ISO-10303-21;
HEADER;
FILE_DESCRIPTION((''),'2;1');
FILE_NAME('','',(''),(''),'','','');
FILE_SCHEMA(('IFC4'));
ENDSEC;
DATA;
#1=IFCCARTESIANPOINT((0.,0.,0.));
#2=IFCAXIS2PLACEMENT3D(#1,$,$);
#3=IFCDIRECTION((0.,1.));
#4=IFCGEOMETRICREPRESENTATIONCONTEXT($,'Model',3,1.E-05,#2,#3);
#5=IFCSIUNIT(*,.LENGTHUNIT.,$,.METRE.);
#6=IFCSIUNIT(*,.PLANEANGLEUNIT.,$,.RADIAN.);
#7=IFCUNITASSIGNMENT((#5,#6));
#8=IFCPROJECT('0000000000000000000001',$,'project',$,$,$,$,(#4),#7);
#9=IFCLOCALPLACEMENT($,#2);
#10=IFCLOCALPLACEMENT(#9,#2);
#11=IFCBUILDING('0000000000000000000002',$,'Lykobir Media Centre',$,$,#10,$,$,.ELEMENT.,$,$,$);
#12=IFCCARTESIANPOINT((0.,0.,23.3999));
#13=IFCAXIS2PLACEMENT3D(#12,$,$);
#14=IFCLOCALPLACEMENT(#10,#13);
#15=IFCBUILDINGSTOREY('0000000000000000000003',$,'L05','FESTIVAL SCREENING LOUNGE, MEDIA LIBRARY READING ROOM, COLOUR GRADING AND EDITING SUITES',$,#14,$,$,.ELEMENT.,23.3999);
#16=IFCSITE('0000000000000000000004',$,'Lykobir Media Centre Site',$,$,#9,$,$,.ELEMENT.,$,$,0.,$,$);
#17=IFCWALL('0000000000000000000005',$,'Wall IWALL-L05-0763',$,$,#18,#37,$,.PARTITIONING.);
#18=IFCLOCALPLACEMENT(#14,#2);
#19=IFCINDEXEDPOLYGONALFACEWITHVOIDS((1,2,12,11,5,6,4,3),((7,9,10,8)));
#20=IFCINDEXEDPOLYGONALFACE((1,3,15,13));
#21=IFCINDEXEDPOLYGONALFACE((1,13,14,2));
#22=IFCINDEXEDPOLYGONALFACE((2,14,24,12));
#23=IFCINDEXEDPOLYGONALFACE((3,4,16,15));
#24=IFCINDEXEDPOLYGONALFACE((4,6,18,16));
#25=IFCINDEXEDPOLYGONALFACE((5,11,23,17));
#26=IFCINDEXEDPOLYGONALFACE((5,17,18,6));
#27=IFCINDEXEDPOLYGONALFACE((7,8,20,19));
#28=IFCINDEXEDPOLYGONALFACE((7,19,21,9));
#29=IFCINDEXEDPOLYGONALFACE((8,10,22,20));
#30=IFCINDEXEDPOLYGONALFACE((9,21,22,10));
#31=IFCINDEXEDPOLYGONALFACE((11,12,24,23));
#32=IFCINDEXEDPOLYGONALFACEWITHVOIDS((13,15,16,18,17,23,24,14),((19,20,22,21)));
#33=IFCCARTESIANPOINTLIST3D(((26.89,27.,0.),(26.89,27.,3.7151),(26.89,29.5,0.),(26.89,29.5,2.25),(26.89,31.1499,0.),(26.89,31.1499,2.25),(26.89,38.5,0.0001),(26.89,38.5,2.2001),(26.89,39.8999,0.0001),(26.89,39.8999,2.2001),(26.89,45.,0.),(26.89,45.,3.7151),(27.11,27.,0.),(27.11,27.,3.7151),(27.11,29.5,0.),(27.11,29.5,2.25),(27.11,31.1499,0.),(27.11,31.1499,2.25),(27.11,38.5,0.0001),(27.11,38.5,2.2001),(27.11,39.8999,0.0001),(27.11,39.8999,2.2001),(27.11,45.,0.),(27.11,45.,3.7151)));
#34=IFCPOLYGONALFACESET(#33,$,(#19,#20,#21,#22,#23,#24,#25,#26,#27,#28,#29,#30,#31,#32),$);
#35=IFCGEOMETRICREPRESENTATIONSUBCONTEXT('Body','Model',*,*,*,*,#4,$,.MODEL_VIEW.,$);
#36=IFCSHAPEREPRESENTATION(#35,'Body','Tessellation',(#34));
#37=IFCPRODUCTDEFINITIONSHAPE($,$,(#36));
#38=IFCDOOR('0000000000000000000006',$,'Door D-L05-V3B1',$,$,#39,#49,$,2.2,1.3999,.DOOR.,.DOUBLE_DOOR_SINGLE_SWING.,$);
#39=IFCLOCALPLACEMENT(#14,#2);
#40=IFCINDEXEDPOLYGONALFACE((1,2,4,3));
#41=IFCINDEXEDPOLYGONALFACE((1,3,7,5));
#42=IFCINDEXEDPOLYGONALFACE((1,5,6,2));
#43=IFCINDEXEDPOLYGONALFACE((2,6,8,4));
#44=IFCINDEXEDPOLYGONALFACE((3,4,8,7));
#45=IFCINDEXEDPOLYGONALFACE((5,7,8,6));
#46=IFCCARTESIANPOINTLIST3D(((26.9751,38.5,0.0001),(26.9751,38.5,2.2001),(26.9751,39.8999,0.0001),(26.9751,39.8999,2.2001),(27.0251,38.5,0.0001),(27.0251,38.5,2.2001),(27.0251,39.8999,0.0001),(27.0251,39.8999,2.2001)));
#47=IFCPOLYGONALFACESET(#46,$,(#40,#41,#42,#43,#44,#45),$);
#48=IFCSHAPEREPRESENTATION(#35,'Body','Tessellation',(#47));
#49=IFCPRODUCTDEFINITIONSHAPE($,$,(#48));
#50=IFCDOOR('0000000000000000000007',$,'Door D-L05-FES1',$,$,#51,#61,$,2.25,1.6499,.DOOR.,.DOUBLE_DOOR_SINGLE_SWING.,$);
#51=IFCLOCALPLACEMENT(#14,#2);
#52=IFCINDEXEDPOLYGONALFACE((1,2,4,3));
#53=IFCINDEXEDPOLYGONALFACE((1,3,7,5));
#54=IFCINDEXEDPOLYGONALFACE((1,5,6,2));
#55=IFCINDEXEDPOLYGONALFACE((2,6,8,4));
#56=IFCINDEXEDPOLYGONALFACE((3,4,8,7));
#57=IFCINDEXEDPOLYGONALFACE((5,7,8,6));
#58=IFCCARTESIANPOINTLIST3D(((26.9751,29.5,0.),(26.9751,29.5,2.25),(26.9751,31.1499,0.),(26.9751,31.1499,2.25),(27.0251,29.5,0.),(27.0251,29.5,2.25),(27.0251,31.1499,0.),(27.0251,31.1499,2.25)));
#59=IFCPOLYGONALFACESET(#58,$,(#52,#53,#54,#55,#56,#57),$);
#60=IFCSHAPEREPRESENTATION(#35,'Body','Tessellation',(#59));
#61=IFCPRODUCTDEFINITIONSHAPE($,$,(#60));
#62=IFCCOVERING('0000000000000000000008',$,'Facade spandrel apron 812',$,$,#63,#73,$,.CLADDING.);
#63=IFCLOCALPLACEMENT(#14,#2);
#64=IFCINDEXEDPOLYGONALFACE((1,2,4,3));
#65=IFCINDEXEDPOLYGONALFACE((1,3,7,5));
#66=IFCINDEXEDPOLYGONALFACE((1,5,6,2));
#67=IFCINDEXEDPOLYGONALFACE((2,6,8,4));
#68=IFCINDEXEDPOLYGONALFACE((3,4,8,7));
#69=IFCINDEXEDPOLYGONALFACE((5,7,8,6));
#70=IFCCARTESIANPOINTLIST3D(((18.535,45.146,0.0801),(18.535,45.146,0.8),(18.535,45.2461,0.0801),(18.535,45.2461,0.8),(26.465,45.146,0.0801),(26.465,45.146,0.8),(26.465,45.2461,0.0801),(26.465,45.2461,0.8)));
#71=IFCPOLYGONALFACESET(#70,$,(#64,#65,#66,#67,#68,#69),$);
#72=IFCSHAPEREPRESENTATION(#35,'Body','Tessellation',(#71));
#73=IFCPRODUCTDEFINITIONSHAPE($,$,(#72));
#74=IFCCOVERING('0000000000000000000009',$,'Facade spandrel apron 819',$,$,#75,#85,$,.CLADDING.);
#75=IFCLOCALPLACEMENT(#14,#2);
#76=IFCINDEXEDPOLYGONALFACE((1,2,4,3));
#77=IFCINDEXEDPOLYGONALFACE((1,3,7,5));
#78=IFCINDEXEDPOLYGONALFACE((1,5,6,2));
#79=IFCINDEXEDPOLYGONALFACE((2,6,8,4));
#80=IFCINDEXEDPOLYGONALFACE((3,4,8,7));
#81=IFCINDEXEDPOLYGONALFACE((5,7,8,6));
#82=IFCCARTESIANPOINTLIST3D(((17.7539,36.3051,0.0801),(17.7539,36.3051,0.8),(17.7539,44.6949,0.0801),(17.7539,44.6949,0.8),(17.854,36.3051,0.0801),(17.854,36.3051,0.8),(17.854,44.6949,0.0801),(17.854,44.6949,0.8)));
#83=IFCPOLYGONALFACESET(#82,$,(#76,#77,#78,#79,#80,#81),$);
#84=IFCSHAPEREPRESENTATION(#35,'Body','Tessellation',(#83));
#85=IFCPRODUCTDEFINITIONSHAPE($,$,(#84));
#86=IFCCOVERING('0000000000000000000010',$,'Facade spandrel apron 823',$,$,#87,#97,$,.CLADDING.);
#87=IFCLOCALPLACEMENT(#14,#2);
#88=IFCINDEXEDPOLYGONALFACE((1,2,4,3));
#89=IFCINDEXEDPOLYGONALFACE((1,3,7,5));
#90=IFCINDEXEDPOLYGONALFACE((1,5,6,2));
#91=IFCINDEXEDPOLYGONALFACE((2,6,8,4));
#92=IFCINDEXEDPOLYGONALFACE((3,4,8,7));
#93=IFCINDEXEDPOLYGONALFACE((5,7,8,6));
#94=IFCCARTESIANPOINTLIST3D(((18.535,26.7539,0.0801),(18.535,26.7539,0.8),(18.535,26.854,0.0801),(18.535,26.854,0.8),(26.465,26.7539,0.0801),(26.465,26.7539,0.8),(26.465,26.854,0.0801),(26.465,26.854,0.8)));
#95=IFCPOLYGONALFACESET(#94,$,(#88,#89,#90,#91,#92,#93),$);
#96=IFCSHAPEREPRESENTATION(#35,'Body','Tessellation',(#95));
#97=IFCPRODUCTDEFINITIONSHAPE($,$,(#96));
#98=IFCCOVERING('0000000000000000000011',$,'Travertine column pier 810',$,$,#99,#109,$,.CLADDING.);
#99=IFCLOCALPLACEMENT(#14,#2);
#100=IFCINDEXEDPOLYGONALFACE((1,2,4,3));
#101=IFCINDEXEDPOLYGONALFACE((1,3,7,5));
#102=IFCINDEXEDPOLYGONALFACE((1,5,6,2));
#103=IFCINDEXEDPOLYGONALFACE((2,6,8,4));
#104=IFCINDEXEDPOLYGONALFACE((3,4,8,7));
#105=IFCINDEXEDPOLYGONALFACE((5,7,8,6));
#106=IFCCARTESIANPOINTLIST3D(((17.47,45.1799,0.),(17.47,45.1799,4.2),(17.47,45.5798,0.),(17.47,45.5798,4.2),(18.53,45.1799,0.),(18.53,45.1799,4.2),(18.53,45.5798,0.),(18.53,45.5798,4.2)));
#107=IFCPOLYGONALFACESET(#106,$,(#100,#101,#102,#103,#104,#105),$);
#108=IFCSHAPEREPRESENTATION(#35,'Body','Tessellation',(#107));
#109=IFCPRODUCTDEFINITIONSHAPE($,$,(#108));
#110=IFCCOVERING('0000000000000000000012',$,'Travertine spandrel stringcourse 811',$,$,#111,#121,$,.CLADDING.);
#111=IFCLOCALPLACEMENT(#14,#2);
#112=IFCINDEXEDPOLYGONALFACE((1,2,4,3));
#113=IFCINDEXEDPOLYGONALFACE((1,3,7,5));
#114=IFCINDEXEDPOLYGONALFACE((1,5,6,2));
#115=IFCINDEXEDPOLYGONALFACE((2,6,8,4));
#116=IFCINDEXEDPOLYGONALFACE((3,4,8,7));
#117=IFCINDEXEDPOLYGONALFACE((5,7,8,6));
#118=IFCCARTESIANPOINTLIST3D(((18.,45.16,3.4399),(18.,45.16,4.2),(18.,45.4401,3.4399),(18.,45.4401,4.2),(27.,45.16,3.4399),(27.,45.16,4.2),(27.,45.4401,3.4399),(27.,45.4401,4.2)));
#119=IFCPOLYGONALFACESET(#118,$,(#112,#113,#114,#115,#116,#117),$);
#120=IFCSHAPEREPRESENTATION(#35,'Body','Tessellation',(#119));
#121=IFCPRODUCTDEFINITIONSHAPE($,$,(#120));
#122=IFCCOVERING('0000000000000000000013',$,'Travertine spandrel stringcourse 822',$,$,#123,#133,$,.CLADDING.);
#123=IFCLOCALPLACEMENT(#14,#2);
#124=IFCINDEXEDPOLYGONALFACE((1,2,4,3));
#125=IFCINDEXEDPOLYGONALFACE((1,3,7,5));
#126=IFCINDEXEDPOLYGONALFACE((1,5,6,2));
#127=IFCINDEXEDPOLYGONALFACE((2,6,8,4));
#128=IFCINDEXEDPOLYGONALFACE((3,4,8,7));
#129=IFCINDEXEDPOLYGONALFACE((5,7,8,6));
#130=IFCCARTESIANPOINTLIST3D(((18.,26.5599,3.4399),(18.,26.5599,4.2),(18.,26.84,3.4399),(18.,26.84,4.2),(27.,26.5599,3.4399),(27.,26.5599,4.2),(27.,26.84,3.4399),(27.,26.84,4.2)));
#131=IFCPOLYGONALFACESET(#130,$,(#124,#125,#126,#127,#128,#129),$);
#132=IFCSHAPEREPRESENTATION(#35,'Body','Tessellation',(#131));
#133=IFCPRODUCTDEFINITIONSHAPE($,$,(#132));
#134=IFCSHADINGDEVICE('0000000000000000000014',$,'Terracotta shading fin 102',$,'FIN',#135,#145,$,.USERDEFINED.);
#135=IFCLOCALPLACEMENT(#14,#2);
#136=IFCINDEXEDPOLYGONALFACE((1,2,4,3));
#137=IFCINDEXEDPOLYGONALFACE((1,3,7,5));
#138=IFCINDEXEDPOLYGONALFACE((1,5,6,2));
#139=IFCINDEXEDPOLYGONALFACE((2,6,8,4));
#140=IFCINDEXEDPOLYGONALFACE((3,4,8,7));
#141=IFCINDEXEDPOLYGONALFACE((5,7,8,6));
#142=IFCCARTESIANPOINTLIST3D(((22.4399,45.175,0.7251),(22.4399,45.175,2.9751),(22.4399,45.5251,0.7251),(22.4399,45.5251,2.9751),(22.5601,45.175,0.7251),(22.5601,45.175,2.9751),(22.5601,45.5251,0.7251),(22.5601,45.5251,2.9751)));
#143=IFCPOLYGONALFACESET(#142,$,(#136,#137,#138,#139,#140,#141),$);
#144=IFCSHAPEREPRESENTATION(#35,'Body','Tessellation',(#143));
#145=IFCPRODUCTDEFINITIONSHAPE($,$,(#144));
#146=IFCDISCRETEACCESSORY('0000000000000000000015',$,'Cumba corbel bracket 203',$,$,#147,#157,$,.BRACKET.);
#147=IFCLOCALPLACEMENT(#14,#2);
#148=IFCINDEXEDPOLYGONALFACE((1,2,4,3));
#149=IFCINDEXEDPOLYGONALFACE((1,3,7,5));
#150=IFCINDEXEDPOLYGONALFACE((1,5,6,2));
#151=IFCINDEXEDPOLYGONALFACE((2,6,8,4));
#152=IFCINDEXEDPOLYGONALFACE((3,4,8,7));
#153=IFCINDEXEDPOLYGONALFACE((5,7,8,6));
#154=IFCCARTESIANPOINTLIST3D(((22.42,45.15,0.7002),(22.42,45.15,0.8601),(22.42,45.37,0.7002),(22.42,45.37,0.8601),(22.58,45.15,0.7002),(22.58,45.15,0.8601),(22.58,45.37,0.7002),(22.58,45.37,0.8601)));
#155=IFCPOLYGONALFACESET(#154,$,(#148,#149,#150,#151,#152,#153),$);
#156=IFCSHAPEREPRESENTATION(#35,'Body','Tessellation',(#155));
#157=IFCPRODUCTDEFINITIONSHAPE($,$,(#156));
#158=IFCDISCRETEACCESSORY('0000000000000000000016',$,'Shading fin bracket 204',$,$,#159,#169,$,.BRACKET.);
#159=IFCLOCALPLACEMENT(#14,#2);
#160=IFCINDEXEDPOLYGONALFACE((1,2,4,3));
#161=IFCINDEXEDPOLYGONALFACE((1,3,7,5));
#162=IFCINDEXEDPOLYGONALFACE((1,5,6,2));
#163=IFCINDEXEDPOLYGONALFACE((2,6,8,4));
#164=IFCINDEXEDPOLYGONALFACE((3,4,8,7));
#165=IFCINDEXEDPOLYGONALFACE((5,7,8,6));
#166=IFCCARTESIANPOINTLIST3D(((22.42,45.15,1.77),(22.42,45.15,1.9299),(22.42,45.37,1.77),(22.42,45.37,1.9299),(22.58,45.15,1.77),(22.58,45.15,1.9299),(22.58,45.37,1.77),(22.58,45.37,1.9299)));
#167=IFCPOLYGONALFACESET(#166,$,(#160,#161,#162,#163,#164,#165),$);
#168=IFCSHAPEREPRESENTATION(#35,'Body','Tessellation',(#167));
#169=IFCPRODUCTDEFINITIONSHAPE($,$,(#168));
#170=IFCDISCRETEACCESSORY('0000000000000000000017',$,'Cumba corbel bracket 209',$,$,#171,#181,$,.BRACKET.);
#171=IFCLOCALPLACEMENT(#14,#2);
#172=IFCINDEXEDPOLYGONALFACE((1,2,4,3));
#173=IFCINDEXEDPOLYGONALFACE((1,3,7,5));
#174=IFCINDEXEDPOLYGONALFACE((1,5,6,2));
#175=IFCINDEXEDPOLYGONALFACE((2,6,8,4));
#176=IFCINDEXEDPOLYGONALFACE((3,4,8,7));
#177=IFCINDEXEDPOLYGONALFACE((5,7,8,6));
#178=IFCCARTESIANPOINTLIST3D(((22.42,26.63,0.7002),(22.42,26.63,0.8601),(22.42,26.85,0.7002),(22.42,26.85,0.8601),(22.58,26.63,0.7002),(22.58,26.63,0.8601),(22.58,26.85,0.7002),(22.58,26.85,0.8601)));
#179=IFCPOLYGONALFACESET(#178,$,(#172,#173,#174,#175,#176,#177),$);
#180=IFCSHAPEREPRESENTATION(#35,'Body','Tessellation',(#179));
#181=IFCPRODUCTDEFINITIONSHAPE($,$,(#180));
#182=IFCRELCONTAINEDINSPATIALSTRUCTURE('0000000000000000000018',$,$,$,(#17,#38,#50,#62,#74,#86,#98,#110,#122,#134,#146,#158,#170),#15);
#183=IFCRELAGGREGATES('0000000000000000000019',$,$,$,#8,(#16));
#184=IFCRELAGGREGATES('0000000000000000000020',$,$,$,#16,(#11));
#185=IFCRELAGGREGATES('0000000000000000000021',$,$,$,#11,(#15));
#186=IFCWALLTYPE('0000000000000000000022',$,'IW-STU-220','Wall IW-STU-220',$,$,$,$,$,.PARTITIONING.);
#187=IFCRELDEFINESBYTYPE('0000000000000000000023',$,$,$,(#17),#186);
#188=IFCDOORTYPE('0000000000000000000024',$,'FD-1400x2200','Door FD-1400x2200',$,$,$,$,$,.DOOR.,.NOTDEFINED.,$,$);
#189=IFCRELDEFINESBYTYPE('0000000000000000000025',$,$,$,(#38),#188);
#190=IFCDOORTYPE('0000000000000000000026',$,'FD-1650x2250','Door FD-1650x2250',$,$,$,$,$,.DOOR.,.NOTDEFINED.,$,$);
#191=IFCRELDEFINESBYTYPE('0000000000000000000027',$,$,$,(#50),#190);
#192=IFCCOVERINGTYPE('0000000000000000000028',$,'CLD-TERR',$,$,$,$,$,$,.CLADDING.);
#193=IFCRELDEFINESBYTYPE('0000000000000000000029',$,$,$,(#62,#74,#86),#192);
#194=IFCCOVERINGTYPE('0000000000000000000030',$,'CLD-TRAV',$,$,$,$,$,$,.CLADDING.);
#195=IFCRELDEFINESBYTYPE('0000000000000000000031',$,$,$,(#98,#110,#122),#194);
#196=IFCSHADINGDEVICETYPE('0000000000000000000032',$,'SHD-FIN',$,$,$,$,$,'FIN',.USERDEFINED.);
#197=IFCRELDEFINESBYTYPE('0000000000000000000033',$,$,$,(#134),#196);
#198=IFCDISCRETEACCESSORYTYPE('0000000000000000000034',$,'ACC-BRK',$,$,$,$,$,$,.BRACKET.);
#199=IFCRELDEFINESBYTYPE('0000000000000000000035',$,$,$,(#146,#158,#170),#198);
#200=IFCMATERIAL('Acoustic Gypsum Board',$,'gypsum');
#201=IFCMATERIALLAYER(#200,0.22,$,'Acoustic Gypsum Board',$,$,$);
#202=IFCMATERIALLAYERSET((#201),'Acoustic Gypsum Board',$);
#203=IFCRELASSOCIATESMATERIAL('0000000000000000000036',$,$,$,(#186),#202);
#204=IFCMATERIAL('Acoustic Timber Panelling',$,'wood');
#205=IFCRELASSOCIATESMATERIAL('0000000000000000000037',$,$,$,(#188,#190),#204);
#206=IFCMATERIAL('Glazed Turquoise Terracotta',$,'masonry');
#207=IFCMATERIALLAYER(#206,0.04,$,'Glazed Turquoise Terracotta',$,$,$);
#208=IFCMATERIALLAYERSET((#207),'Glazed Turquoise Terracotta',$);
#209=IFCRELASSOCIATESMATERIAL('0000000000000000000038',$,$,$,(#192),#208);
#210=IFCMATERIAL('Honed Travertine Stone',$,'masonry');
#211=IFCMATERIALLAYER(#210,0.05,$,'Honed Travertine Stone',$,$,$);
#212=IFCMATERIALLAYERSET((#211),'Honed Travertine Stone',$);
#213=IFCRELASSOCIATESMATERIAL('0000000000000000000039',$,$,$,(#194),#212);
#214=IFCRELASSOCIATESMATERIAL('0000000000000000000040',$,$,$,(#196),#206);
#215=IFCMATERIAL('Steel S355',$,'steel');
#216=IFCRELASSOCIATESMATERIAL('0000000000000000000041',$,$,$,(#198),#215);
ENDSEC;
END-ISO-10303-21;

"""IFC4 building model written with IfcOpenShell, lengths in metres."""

from ifc_helpers import new_model, si_unit, direction, frame, frame_2d, origin, origin_2d, place, context, subcontext, project, spatial, rectangle, extrude, material, layer, layer_set, type_object, element, fill, save


model = new_model("IFC4")

# Units and contexts
model_context = context("Model", 3, precision=1e-05, world=origin(), true_north=direction((0.0, 1.0)))
body_context = subcontext(model_context, "Body", "Model", "MODEL_VIEW")
ifc_project = project(units=[si_unit("LENGTHUNIT", "METRE"), si_unit("PLANEANGLEUNIT", "RADIAN")], contexts=[model_context])

# Site, building, storey
site_placement = place(None, origin())
site = spatial("IfcSite", under=ifc_project, at=site_placement, Name="Lykobir Media Centre Site", CompositionType="ELEMENT", RefElevation=0.0)
building_placement = place(site_placement, origin())
building = spatial("IfcBuilding", under=site, at=building_placement, Name="Lykobir Media Centre", CompositionType="ELEMENT")
storey_placement = place(building_placement, frame((0.0, 0.0, 23.3999)))
storey = spatial("IfcBuildingStorey", under=building, at=storey_placement, Name="L05", Description="FESTIVAL SCREENING LOUNGE, MEDIA LIBRARY READING ROOM, COLOUR GRADING AND EDITING SUITES", CompositionType="ELEMENT", Elevation=23.3999)

# Shared definitions
ifc_material_1 = material(Name="Steel S355", Category="steel")

# Wall, openings, doors
ifc_material_2 = material(Name="Acoustic Gypsum Board", Category="gypsum")
ifc_layer_1 = layer(ifc_material_2, 0.22, Name="Acoustic Gypsum Board")
ifc_layer_set_1 = layer_set([ifc_layer_1], Name="Acoustic Gypsum Board")
wall_type_1 = type_object("IfcWallType", Name="IW-STU-220", Description="Wall IW-STU-220", PredefinedType="PARTITIONING", material=ifc_layer_set_1)
wall_1_placement = place(storey_placement, frame((27.0, 27.0, 0.0), z_axis=(0.0, 0.0, 1.0), x_axis=(0.0, 1.0, 0.0)))
wall_1 = element("IfcWall", 1, at=wall_1_placement, inside=storey, type_object=wall_type_1, Name="Wall IWALL-L05-0763", PredefinedType="PARTITIONING", context=body_context, shape_type="SweptSolid", body=[
    extrude(rectangle(XDim=18.0, YDim=0.22, at=frame_2d((9.0, 0.0))), origin(), (0.0, 0.0, 1.0), 3.7151),
])
opening_1_placement = place(wall_1_placement, frame((2.5, 0.0, 0.0)))
opening_1 = element("IfcOpeningElement", 2, at=opening_1_placement, cuts=wall_1, PredefinedType="OPENING", context=body_context, shape_type="SweptSolid", body=[
    extrude(rectangle(XDim=1.6499, YDim=2.25, at=frame_2d((0.825, 1.125))), frame((0.0, 0.1199, 0.0), z_axis=(0.0, -1.0, 0.0), x_axis=(1.0, 0.0, 0.0)), (0.0, 0.0, 1.0), 0.24),
])
opening_2_placement = place(wall_1_placement, frame((11.5, 0.0, 0.0)))
opening_2 = element("IfcOpeningElement", 3, at=opening_2_placement, cuts=wall_1, PredefinedType="OPENING", context=body_context, shape_type="SweptSolid", body=[
    extrude(rectangle(XDim=1.3999, YDim=2.2, at=frame_2d((0.7, 1.1001))), frame((0.0, 0.1199, 0.0), z_axis=(0.0, -1.0, 0.0), x_axis=(1.0, 0.0, 0.0)), (0.0, 0.0, 1.0), 0.24),
])
ifc_material_3 = material(Name="Acoustic Timber Panelling", Category="wood")
door_type_1 = type_object("IfcDoorType", Name="FD-1400x2200", Description="Door FD-1400x2200", OperationType="NOTDEFINED", PredefinedType="DOOR", material=ifc_material_3)
door_1_placement = place(opening_2_placement, origin())
door_1 = element("IfcDoor", 4, at=door_1_placement, inside=storey, type_object=door_type_1, Name="Door D-L05-V3B1", OperationType="DOUBLE_DOOR_SINGLE_SWING", OverallHeight=2.2, OverallWidth=1.3999, PredefinedType="DOOR", context=body_context, shape_type="SweptSolid", body=[
    extrude(rectangle(XDim=1.3999, YDim=2.2, at=frame_2d((0.7, 1.1001))), frame((0.0, 0.0249, 0.0), z_axis=(0.0, -1.0, 0.0), x_axis=(1.0, 0.0, 0.0)), (0.0, 0.0, 1.0), 0.05),
])
fill(opening_2, door_1)
door_type_2 = type_object("IfcDoorType", Name="FD-1650x2250", Description="Door FD-1650x2250", OperationType="NOTDEFINED", PredefinedType="DOOR", material=ifc_material_3)
door_2_placement = place(opening_1_placement, origin())
door_2 = element("IfcDoor", 5, at=door_2_placement, inside=storey, type_object=door_type_2, Name="Door D-L05-FES1", OperationType="DOUBLE_DOOR_SINGLE_SWING", OverallHeight=2.25, OverallWidth=1.6499, PredefinedType="DOOR", context=body_context, shape_type="SweptSolid", body=[
    extrude(rectangle(XDim=1.6499, YDim=2.25, at=frame_2d((0.825, 1.125))), frame((0.0, 0.0249, 0.0), z_axis=(0.0, -1.0, 0.0), x_axis=(1.0, 0.0, 0.0)), (0.0, 0.0, 1.0), 0.05),
])
fill(opening_1, door_2)

# Coverings
ifc_material_4 = material(Name="Glazed Turquoise Terracotta", Category="masonry")
ifc_layer_2 = layer(ifc_material_4, 0.04, Name="Glazed Turquoise Terracotta")
ifc_layer_set_2 = layer_set([ifc_layer_2], Name="Glazed Turquoise Terracotta")
covering_type_1 = type_object("IfcCoveringType", Name="CLD-TERR", PredefinedType="CLADDING", material=ifc_layer_set_2)
covering_1_placement = place(storey_placement, frame((22.5, 45.196, 0.0801), z_axis=(0.0, 0.0, 1.0), x_axis=(-1.0, 0.0, 0.0)))
element("IfcCovering", 6, at=covering_1_placement, inside=storey, type_object=covering_type_1, Name="Facade spandrel apron 812", PredefinedType="CLADDING", context=body_context, shape_type="SweptSolid", body=[
    extrude(rectangle(XDim=7.9299, YDim=0.1001, at=origin_2d()), origin(), (0.0, 0.0, 1.0), 0.72),
])
covering_2_placement = place(storey_placement, frame((17.804, 40.5, 0.0801), z_axis=(0.0, 0.0, 1.0), x_axis=(0.0, -1.0, 0.0)))
element("IfcCovering", 7, at=covering_2_placement, inside=storey, type_object=covering_type_1, Name="Facade spandrel apron 819", PredefinedType="CLADDING", context=body_context, shape_type="SweptSolid", body=[
    extrude(rectangle(XDim=8.3899, YDim=0.1001, at=origin_2d()), origin(), (0.0, 0.0, 1.0), 0.72),
])
covering_3_placement = place(storey_placement, frame((22.5, 26.804, 0.0801), z_axis=(0.0, 0.0, 1.0), x_axis=(1.0, 0.0, 0.0)))
element("IfcCovering", 8, at=covering_3_placement, inside=storey, type_object=covering_type_1, Name="Facade spandrel apron 823", PredefinedType="CLADDING", context=body_context, shape_type="SweptSolid", body=[
    extrude(rectangle(XDim=7.9299, YDim=0.1001, at=origin_2d()), origin(), (0.0, 0.0, 1.0), 0.72),
])
ifc_material_5 = material(Name="Honed Travertine Stone", Category="masonry")
ifc_layer_3 = layer(ifc_material_5, 0.05, Name="Honed Travertine Stone")
ifc_layer_set_3 = layer_set([ifc_layer_3], Name="Honed Travertine Stone")
covering_type_2 = type_object("IfcCoveringType", Name="CLD-TRAV", PredefinedType="CLADDING", material=ifc_layer_set_3)
covering_4_placement = place(storey_placement, frame((18.0, 45.3799, 0.0), z_axis=(0.0, 0.0, 1.0), x_axis=(-1.0, 0.0, 0.0)))
element("IfcCovering", 9, at=covering_4_placement, inside=storey, type_object=covering_type_2, Name="Travertine column pier 810", PredefinedType="CLADDING", context=body_context, shape_type="SweptSolid", body=[
    extrude(rectangle(XDim=1.0601, YDim=0.3999, at=origin_2d()), origin(), (0.0, 0.0, 1.0), 4.2),
])
for number, where, z_axis, x_axis, name in (
    (10, (22.5, 45.3, 3.4399), (0.0, 0.0, 1.0), (-1.0, 0.0, 0.0), "Travertine spandrel stringcourse 811"),
    (11, (22.5, 26.7, 3.4399), (0.0, 0.0, 1.0), (1.0, 0.0, 0.0), "Travertine spandrel stringcourse 822"),
):
    element("IfcCovering", number, at=place(storey_placement, frame(where, z_axis=z_axis, x_axis=x_axis)), inside=storey, type_object=covering_type_2, Name=name, PredefinedType="CLADDING", context=body_context, shape_type="SweptSolid", body=[
        extrude(rectangle(XDim=9.0, YDim=0.28, at=origin_2d()), origin(), (0.0, 0.0, 1.0), 0.76),
    ])

# Shading device
shading_device_type = type_object("IfcShadingDeviceType", Name="SHD-FIN", ElementType="FIN", PredefinedType="USERDEFINED", material=ifc_material_4)
shading_device_placement = place(storey_placement, frame((22.5, 45.3501, 0.7251), z_axis=(0.0, 0.0, 1.0), x_axis=(-1.0, 0.0, 0.0)))
element("IfcShadingDevice", 12, at=shading_device_placement, inside=storey, type_object=shading_device_type, Name="Terracotta shading fin 102", ObjectType="FIN", PredefinedType="USERDEFINED", context=body_context, shape_type="SweptSolid", body=[
    extrude(rectangle(XDim=0.1201, YDim=0.3501, at=origin_2d()), origin(), (0.0, 0.0, 1.0), 2.25),
])

# Discrete accessories
discrete_accessory_type = type_object("IfcDiscreteAccessoryType", Name="ACC-BRK", PredefinedType="BRACKET", material=ifc_material_1)
for number, where, z_axis, x_axis, name in (
    (13, (22.5, 45.26, 0.7002), (0.0, 0.0, 1.0), (-1.0, 0.0, 0.0), "Cumba corbel bracket 203"),
    (14, (22.5, 45.26, 1.77), (0.0, 0.0, 1.0), (-1.0, 0.0, 0.0), "Shading fin bracket 204"),
    (15, (22.5, 26.74, 0.7002), (0.0, 0.0, 1.0), (1.0, 0.0, 0.0), "Cumba corbel bracket 209"),
):
    element("IfcDiscreteAccessory", number, at=place(storey_placement, frame(where, z_axis=z_axis, x_axis=x_axis)), inside=storey, type_object=discrete_accessory_type, Name=name, PredefinedType="BRACKET", context=body_context, shape_type="SweptSolid", body=[
        extrude(rectangle(XDim=0.1599, YDim=0.22, at=origin_2d()), origin(), (0.0, 0.0, 1.0), 0.1599),
    ])

save(model, "model.ifc")
